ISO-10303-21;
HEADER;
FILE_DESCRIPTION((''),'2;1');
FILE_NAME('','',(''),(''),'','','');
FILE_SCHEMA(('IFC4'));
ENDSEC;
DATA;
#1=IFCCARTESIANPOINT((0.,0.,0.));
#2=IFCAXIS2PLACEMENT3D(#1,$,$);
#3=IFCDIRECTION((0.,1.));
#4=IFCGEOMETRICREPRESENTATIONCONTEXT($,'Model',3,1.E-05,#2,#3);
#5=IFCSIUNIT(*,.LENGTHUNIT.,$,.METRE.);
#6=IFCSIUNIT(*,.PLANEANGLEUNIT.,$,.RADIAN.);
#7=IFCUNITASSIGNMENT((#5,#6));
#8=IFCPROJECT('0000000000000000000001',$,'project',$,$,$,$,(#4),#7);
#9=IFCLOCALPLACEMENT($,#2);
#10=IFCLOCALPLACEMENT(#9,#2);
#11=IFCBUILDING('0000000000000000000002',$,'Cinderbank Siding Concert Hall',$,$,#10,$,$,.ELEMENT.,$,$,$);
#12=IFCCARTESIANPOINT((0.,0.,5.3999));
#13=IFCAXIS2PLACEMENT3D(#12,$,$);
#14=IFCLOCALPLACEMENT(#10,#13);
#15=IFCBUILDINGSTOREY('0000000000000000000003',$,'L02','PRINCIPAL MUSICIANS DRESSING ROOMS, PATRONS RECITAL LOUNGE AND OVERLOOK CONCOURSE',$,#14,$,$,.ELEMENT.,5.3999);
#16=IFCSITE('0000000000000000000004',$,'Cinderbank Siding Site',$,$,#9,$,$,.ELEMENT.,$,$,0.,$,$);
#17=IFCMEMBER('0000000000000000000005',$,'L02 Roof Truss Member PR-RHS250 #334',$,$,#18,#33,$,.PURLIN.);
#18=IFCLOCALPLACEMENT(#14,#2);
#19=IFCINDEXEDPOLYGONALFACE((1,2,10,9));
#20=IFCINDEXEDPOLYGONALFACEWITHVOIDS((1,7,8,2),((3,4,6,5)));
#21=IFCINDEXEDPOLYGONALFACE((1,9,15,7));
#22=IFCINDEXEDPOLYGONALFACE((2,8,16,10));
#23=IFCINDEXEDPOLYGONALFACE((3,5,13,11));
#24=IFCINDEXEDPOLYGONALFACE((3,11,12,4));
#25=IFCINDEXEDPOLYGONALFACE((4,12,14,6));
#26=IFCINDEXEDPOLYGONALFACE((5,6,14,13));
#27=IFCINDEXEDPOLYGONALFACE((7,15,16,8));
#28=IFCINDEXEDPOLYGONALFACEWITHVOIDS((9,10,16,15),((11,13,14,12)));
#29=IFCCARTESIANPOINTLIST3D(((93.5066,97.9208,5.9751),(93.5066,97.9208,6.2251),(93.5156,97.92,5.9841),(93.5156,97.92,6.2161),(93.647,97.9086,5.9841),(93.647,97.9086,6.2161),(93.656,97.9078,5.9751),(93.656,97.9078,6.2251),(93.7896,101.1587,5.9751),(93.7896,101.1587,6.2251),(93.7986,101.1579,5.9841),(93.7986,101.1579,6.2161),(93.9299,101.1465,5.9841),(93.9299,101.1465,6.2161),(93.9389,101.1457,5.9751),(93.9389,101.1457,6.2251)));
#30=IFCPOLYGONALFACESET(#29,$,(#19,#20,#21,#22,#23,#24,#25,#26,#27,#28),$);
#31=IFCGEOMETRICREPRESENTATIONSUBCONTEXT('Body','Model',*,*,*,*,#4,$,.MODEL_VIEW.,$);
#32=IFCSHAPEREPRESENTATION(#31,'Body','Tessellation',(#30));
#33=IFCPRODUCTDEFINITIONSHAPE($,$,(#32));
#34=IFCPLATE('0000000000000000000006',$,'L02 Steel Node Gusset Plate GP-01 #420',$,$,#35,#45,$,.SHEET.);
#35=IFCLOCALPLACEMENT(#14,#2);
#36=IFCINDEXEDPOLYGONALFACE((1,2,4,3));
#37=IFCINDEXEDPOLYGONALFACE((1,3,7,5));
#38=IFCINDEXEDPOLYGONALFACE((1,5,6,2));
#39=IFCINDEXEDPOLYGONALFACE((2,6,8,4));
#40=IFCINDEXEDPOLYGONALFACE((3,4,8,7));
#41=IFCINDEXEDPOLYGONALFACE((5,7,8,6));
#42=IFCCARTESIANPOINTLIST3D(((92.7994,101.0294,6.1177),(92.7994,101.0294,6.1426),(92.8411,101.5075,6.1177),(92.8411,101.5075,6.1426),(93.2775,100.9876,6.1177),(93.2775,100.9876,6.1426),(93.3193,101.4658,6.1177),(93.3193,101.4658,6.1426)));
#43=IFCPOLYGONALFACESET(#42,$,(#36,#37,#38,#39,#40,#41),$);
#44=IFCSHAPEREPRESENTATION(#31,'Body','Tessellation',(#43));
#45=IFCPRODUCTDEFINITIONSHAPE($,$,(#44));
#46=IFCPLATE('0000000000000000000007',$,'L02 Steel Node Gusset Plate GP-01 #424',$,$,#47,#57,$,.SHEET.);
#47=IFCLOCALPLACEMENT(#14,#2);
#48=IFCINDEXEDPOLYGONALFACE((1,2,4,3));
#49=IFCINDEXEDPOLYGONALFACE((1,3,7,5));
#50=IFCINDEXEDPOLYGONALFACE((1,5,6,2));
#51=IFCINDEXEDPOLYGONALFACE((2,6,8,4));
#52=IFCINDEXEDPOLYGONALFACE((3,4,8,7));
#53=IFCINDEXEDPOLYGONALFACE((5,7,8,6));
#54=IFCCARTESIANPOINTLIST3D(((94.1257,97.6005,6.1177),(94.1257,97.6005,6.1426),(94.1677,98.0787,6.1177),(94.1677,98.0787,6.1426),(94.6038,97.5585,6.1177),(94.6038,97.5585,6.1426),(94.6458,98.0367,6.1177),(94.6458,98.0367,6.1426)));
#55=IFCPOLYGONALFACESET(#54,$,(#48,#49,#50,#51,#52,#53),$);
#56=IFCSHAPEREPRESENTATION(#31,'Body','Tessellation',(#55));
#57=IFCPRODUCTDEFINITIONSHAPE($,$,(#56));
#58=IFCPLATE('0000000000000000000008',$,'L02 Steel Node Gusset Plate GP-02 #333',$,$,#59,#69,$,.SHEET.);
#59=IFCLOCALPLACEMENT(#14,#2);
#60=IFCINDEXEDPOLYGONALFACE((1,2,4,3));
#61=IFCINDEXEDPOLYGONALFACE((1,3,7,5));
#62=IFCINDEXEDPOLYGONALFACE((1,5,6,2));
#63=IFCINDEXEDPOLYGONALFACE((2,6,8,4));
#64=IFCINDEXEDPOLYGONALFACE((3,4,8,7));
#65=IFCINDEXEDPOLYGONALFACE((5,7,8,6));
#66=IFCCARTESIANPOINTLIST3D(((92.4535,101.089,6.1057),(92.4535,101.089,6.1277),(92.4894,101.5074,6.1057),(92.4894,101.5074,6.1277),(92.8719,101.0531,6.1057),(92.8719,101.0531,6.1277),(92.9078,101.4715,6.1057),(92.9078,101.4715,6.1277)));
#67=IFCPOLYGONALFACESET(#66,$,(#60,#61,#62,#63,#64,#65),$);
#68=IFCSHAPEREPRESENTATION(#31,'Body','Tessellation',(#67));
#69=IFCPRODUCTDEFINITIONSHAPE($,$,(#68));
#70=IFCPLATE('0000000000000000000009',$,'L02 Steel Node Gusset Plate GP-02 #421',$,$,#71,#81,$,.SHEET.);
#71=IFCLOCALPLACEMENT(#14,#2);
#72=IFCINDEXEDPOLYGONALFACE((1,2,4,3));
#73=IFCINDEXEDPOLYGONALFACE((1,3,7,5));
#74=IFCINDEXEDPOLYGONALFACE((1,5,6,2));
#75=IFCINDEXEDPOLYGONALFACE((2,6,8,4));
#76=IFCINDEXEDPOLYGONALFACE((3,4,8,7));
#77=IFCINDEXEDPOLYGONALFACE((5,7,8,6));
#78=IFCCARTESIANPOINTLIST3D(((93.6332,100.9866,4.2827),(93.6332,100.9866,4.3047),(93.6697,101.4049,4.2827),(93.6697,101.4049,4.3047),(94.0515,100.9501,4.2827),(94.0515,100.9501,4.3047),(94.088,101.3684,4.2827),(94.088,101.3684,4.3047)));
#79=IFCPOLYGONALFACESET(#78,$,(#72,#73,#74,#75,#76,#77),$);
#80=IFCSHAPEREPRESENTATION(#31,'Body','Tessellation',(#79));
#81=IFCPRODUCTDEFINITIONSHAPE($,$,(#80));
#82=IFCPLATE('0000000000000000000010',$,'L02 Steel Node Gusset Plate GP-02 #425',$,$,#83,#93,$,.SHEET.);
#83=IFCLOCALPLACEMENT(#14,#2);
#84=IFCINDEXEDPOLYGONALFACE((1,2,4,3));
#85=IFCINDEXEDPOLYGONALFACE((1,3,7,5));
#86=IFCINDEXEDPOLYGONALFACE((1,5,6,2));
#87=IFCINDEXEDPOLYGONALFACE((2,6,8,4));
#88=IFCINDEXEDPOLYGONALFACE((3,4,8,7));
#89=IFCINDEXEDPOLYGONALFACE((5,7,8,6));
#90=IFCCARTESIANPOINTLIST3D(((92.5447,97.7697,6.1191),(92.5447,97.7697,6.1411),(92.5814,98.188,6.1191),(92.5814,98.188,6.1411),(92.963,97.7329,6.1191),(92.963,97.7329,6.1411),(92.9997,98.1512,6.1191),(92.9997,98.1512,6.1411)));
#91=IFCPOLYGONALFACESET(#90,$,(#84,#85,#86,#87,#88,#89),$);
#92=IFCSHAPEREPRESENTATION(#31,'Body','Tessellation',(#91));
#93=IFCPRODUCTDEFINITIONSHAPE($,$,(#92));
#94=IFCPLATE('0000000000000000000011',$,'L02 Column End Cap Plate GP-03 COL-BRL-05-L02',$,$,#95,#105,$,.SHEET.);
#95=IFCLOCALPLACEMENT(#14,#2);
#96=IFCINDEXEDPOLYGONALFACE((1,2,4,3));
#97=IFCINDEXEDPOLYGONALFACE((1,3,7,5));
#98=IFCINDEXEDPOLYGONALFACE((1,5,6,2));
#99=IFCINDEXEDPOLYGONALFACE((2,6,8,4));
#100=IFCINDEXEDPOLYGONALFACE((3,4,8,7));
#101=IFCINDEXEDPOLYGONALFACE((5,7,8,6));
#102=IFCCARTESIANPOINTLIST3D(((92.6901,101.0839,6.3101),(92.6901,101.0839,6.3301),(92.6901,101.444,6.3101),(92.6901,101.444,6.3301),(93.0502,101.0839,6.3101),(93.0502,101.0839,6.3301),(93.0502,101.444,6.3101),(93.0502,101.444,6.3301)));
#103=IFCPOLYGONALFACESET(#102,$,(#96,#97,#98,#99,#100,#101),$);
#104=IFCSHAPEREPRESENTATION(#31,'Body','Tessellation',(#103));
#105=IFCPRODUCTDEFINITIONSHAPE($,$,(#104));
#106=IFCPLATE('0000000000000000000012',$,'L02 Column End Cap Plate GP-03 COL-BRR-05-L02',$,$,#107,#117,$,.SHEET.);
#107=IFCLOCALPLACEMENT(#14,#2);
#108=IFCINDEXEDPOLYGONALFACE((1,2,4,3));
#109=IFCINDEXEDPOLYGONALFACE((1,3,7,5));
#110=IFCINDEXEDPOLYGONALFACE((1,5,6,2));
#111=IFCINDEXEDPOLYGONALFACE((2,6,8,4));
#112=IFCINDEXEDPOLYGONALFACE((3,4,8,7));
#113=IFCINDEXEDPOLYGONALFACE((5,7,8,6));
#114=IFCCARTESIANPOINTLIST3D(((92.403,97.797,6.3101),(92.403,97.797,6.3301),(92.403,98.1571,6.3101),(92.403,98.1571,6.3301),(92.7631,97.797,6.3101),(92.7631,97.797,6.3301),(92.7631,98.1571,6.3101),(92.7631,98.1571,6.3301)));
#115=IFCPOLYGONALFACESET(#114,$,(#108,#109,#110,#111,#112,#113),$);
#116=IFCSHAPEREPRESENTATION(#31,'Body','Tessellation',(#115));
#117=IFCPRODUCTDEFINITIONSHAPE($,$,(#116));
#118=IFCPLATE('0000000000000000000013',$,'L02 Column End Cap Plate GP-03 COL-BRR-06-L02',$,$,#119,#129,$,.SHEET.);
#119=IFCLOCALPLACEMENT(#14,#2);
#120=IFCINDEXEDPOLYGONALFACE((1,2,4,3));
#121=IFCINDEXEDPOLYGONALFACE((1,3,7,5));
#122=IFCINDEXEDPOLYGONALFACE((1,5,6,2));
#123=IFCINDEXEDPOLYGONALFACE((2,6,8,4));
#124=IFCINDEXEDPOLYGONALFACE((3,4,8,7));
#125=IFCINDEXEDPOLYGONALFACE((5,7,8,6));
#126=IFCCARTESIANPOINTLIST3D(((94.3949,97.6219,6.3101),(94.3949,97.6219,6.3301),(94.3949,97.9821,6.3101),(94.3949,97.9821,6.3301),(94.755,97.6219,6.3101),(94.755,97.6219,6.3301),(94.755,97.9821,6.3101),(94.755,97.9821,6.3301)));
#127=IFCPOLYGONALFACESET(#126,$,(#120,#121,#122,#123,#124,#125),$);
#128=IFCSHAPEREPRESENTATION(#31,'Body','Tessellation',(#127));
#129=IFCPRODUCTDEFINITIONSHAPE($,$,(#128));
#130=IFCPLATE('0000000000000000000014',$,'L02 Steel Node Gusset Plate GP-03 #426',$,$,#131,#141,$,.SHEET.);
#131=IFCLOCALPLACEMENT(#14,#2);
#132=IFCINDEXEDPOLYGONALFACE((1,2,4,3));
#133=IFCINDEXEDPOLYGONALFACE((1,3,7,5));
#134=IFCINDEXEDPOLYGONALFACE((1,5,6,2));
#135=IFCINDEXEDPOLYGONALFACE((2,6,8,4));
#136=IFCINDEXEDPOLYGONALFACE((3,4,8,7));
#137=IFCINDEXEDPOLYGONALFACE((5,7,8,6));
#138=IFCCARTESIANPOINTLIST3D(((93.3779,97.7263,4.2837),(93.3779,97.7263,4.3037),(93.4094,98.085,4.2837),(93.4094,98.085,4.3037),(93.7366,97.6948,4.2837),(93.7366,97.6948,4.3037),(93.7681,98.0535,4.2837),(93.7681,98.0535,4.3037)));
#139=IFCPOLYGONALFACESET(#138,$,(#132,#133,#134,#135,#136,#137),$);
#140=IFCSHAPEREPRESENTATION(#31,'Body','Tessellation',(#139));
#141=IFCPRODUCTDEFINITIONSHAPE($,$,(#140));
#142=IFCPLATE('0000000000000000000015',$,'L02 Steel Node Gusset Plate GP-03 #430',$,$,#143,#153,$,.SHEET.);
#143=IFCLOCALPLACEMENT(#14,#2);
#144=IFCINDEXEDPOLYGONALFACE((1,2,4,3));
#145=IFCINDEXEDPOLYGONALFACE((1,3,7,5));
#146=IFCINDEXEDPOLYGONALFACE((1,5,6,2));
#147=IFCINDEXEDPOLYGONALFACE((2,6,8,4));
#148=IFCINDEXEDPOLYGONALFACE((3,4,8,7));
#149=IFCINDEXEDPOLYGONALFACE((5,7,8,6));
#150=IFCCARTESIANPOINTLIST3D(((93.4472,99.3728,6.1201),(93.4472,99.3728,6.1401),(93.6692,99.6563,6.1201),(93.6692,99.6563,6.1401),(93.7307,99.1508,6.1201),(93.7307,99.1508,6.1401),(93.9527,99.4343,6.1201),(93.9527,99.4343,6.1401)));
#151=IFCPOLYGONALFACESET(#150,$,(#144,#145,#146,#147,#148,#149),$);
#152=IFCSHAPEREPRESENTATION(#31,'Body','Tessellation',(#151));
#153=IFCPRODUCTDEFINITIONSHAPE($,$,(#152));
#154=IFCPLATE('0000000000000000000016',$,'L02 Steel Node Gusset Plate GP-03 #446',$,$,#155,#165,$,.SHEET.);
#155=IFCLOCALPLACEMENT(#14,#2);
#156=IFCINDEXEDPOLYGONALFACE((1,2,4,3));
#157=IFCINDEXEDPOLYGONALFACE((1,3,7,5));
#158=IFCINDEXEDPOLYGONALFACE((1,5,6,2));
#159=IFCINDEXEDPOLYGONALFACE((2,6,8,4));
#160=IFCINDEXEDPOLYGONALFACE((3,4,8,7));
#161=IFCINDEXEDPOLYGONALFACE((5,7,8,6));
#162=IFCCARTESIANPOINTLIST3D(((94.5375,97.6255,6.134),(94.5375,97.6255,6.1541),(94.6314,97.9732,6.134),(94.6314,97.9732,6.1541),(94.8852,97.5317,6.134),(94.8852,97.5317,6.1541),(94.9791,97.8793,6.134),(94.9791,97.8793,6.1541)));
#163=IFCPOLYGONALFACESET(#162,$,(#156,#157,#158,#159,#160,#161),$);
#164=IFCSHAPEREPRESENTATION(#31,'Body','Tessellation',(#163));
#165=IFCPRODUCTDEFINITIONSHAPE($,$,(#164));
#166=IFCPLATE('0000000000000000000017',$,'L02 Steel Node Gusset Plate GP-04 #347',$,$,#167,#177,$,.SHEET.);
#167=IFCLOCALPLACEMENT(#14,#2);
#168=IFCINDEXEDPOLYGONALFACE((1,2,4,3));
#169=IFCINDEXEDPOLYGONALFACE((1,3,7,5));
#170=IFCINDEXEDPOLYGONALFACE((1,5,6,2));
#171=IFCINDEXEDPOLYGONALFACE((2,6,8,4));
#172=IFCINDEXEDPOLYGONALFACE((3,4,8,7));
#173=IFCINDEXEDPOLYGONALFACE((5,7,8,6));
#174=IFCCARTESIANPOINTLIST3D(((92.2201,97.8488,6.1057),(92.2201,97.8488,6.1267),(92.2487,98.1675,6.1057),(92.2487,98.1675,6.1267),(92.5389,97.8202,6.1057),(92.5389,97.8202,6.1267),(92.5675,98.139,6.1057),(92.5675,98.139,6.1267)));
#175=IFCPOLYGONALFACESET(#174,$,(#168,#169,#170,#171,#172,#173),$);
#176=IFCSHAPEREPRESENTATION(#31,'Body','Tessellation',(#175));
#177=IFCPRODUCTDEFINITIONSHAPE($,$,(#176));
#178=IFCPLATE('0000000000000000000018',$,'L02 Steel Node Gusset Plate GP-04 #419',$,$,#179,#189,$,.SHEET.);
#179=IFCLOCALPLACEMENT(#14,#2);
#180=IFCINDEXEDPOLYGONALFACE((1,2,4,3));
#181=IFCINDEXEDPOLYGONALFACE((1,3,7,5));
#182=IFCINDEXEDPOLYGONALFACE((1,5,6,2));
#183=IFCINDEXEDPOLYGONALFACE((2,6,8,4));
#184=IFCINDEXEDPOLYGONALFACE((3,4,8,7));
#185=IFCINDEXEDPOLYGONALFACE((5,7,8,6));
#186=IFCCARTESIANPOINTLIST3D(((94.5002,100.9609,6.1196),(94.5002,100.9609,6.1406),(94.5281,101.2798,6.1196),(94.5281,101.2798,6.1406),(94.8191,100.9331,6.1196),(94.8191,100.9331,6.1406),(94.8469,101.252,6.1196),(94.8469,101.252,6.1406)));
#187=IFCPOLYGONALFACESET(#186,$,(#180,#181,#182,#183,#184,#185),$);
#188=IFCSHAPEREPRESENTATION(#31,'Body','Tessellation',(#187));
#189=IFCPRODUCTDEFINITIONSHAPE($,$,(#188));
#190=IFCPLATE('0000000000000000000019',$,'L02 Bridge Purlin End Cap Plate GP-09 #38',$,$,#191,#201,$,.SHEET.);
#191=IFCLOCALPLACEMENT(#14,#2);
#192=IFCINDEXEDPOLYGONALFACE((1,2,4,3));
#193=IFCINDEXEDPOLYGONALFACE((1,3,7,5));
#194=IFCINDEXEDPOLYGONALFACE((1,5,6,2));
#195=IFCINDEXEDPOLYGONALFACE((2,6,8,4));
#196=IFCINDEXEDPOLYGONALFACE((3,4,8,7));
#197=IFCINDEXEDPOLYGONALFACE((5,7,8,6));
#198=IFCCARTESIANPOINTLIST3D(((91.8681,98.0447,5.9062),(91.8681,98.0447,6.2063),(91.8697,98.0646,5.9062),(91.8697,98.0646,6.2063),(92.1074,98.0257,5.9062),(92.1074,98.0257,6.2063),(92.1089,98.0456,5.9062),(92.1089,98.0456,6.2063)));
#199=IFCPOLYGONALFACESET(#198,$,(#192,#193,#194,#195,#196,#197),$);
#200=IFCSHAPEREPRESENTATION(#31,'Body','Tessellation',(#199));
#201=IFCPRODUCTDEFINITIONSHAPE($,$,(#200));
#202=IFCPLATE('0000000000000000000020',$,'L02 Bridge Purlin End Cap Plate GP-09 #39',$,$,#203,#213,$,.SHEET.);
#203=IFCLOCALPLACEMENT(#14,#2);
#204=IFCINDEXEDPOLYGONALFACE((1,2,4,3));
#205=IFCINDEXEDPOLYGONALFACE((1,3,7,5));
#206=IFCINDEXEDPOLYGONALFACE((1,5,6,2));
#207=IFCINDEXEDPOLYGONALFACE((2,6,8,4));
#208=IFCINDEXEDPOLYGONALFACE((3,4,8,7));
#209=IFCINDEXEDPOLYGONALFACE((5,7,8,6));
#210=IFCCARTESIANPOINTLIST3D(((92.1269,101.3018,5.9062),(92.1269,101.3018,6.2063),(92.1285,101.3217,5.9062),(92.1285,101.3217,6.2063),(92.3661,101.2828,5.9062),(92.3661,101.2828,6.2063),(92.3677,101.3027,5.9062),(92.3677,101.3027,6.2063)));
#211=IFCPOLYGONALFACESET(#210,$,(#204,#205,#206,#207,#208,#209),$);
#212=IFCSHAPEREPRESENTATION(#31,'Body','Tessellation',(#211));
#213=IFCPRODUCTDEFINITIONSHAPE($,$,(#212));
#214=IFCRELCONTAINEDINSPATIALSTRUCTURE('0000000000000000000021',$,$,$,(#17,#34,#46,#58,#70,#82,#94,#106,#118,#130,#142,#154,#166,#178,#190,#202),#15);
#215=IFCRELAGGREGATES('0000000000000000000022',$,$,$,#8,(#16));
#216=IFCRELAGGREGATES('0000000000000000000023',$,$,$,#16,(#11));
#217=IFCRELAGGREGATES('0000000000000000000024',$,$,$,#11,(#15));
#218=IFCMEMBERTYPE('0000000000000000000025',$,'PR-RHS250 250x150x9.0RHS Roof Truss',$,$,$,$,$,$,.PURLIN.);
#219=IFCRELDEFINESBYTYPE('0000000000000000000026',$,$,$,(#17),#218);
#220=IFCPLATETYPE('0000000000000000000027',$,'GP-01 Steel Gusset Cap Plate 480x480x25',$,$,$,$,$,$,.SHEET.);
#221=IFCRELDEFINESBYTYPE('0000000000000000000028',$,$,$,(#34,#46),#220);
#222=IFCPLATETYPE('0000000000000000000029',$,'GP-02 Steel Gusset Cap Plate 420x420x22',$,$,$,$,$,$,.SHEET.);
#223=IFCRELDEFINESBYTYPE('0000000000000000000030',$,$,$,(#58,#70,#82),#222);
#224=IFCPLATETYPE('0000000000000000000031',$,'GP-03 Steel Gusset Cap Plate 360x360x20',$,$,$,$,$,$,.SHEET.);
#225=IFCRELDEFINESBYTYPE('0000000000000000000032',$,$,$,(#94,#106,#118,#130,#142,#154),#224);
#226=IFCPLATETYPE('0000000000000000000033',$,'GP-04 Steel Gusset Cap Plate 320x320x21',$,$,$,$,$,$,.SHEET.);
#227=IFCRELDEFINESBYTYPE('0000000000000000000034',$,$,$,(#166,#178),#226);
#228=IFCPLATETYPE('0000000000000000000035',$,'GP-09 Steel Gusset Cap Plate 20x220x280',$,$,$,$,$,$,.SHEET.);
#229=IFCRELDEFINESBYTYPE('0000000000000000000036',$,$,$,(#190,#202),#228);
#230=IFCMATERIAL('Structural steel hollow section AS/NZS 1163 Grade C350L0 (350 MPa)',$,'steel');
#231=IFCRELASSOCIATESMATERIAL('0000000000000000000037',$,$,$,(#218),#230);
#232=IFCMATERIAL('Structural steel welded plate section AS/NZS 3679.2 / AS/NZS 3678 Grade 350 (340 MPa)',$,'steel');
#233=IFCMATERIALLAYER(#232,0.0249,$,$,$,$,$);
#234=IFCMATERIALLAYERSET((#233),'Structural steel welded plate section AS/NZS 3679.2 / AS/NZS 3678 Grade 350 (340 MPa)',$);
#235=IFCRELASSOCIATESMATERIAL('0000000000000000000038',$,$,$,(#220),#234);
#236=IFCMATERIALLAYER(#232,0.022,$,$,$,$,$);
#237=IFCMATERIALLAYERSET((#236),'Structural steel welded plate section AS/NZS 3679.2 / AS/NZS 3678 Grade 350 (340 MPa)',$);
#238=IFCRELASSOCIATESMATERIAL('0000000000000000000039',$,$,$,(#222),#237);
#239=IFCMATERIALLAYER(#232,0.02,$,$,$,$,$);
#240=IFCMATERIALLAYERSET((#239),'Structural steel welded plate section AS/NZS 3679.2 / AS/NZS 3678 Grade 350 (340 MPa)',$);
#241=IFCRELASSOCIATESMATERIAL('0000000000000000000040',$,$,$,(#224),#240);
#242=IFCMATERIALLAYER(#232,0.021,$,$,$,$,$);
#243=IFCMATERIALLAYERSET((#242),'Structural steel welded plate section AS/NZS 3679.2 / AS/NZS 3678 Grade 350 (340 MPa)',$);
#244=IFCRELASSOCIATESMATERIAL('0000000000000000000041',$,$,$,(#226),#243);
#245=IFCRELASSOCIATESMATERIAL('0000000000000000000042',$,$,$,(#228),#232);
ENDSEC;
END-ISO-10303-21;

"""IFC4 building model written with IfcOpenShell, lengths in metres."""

from ifc_helpers import new_model, si_unit, direction, frame, origin, origin_2d, place, context, subcontext, project, spatial, rectangle, hollow_rectangle, extrude, material, layer, layer_set, material_profile, profile_set, type_object, element, save


model = new_model("IFC4")

# Units and contexts
model_context = context("Model", 3, precision=1e-05, world=origin(), true_north=direction((0.0, 1.0)))
body_context = subcontext(model_context, "Body", "Model", "MODEL_VIEW")
ifc_project = project(units=[si_unit("LENGTHUNIT", "METRE"), si_unit("PLANEANGLEUNIT", "RADIAN")], contexts=[model_context])

# Site, building, storey
site_placement = place(None, origin())
site = spatial("IfcSite", under=ifc_project, at=site_placement, Name="Cinderbank Siding Site", CompositionType="ELEMENT", RefElevation=0.0)
building_placement = place(site_placement, origin())
building = spatial("IfcBuilding", under=site, at=building_placement, Name="Cinderbank Siding Concert Hall", CompositionType="ELEMENT")
storey_placement = place(building_placement, frame((0.0, 0.0, 5.3999)))
storey = spatial("IfcBuildingStorey", under=building, at=storey_placement, Name="L02", Description="PRINCIPAL MUSICIANS DRESSING ROOMS, PATRONS RECITAL LOUNGE AND OVERLOOK CONCOURSE", CompositionType="ELEMENT", Elevation=5.3999)

# Shared definitions
ifc_material_1 = material(Name="Structural steel hollow section AS/NZS 1163 Grade C350L0 (350 MPa)", Category="steel")

# Member
ifc_material_profile_1 = material_profile(ifc_material_1, hollow_rectangle(XDim=0.1499, YDim=0.25, WallThickness=0.009, at=origin_2d()), Name="250x150x9.0RHS", Category="LoadBearing")
ifc_profile_set_1 = profile_set([ifc_material_profile_1], Name="Structural steel hollow section AS/NZS 1163 Grade C350L0 (350 MPa)")
member_type_1 = type_object("IfcMemberType", Name="PR-RHS250 250x150x9.0RHS Roof Truss", PredefinedType="PURLIN", material=ifc_profile_set_1)
member_1_placement = place(storey_placement, frame((93.5813, 97.9143, 6.1001), z_axis=(0.087061, 0.996203, 0.0), x_axis=(-0.996203, 0.087061, 0.0)))
element("IfcMember", 1, at=member_1_placement, inside=storey, type_object=member_type_1, Name="L02 Roof Truss Member PR-RHS250 #334", PredefinedType="PURLIN", context=body_context, shape_type="SweptSolid", body=[
    extrude(hollow_rectangle(XDim=0.1499, YDim=0.25, WallThickness=0.009, at=origin_2d()), origin(), (0.0, 0.0, 1.0), 3.2502),
])

# Plates
ifc_material_2 = material(Name="Structural steel welded plate section AS/NZS 3679.2 / AS/NZS 3678 Grade 350 (340 MPa)", Category="steel")
ifc_layer_1 = layer(ifc_material_2, 0.0249)
ifc_layer_set_1 = layer_set([ifc_layer_1], Name="Structural steel welded plate section AS/NZS 3679.2 / AS/NZS 3678 Grade 350 (340 MPa)")
plate_type_1 = type_object("IfcPlateType", Name="GP-01 Steel Gusset Cap Plate 480x480x25", PredefinedType="SHEET", material=ifc_layer_set_1)
for number, where, z_axis, x_axis, name in (
    (2, (93.0593, 101.2476, 6.1177), (0.0, 0.0, 1.0), (0.99621, -0.086982, 0.0), "L02 Steel Node Gusset Plate GP-01 #420"),
    (3, (94.3857, 97.8186, 6.1177), (0.0, 0.0, 1.0), (0.996164, -0.087503, 0.0), "L02 Steel Node Gusset Plate GP-01 #424"),
):
    element("IfcPlate", number, at=place(storey_placement, frame(where, z_axis=z_axis, x_axis=x_axis)), inside=storey, type_object=plate_type_1, Name=name, PredefinedType="SHEET", context=body_context, shape_type="SweptSolid", body=[
        extrude(rectangle(XDim=0.48, YDim=0.48, at=origin_2d()), origin(), (0.0, 0.0, 1.0), 0.0249),
    ])
ifc_layer_2 = layer(ifc_material_2, 0.022)
ifc_layer_set_2 = layer_set([ifc_layer_2], Name="Structural steel welded plate section AS/NZS 3679.2 / AS/NZS 3678 Grade 350 (340 MPa)")
plate_type_2 = type_object("IfcPlateType", Name="GP-02 Steel Gusset Cap Plate 420x420x22", PredefinedType="SHEET", material=ifc_layer_set_2)
for number, where, z_axis, x_axis, name in (
    (4, (92.6807, 101.2803, 6.1057), (0.0, 0.0, 1.0), (0.996345, -0.085417, 0.0), "L02 Steel Node Gusset Plate GP-02 #333"),
    (5, (93.8606, 101.1775, 4.2827), (0.0, 0.0, 1.0), (0.99621, -0.086982, 0.0), "L02 Steel Node Gusset Plate GP-02 #421"),
    (6, (92.7722, 97.9604, 6.1191), (0.0, 0.0, 1.0), (0.996164, -0.087503, 0.0), "L02 Steel Node Gusset Plate GP-02 #425"),
):
    element("IfcPlate", number, at=place(storey_placement, frame(where, z_axis=z_axis, x_axis=x_axis)), inside=storey, type_object=plate_type_2, Name=name, PredefinedType="SHEET", context=body_context, shape_type="SweptSolid", body=[
        extrude(rectangle(XDim=0.4199, YDim=0.4199, at=origin_2d()), origin(), (0.0, 0.0, 1.0), 0.022),
    ])
ifc_layer_3 = layer(ifc_material_2, 0.02)
ifc_layer_set_3 = layer_set([ifc_layer_3], Name="Structural steel welded plate section AS/NZS 3679.2 / AS/NZS 3678 Grade 350 (340 MPa)")
plate_type_3 = type_object("IfcPlateType", Name="GP-03 Steel Gusset Cap Plate 360x360x20", PredefinedType="SHEET", material=ifc_layer_set_3)
for number, where, z_axis, x_axis, name in (
    (7, (92.8701, 101.2639, 6.3101), (0.0, 0.0, 1.0), (1.0, 0.0, 0.0), "L02 Column End Cap Plate GP-03 COL-BRL-05-L02"),
    (8, (92.583, 97.9771, 6.3101), (0.0, 0.0, 1.0), (1.0, 0.0, 0.0), "L02 Column End Cap Plate GP-03 COL-BRR-05-L02"),
    (9, (94.575, 97.802, 6.3101), (0.0, 0.0, 1.0), (1.0, 0.0, 0.0), "L02 Column End Cap Plate GP-03 COL-BRR-06-L02"),
    (10, (93.573, 97.8899, 4.2837), (0.0, 0.0, 1.0), (0.996164, -0.087503, 0.0), "L02 Steel Node Gusset Plate GP-03 #426"),
    (11, (93.7, 99.4036, 6.1201), (0.0, 0.0, 1.0), (0.616486, 0.787366, 0.0), "L02 Steel Node Gusset Plate GP-03 #430"),
    (12, (94.7583, 97.7524, 6.134), (0.0, 0.0, 1.0), (0.965427, -0.260673, 0.0), "L02 Steel Node Gusset Plate GP-03 #446"),
):
    element("IfcPlate", number, at=place(storey_placement, frame(where, z_axis=z_axis, x_axis=x_axis)), inside=storey, type_object=plate_type_3, Name=name, PredefinedType="SHEET", context=body_context, shape_type="SweptSolid", body=[
        extrude(rectangle(XDim=0.3601, YDim=0.3601, at=origin_2d()), origin(), (0.0, 0.0, 1.0), 0.02),
    ])
ifc_layer_4 = layer(ifc_material_2, 0.021)
ifc_layer_set_4 = layer_set([ifc_layer_4], Name="Structural steel welded plate section AS/NZS 3679.2 / AS/NZS 3678 Grade 350 (340 MPa)")
plate_type_4 = type_object("IfcPlateType", Name="GP-04 Steel Gusset Cap Plate 320x320x21", PredefinedType="SHEET", material=ifc_layer_set_4)
for number, where, z_axis, x_axis, name in (
    (13, (92.3938, 97.9939, 6.1057), (0.0, 0.0, 1.0), (0.996026, -0.089068, 0.0), "L02 Steel Node Gusset Plate GP-04 #347"),
    (14, (94.6736, 101.1064, 6.1196), (0.0, 0.0, 1.0), (0.99621, -0.086982, 0.0), "L02 Steel Node Gusset Plate GP-04 #419"),
):
    element("IfcPlate", number, at=place(storey_placement, frame(where, z_axis=z_axis, x_axis=x_axis)), inside=storey, type_object=plate_type_4, Name=name, PredefinedType="SHEET", context=body_context, shape_type="SweptSolid", body=[
        extrude(rectangle(XDim=0.3201, YDim=0.3201, at=origin_2d()), origin(), (0.0, 0.0, 1.0), 0.021),
    ])
plate_type_5 = type_object("IfcPlateType", Name="GP-09 Steel Gusset Cap Plate 20x220x280", PredefinedType="SHEET", material=ifc_material_2)
for number, where, z_axis, x_axis, name in (
    (15, (91.9885, 98.0452, 5.9062), (0.0, 0.0, 1.0), (0.079155, 0.996862, 0.0), "L02 Bridge Purlin End Cap Plate GP-09 #38"),
    (16, (92.2473, 101.3022, 5.9062), (0.0, 0.0, 1.0), (0.079155, 0.996862, 0.0), "L02 Bridge Purlin End Cap Plate GP-09 #39"),
):
    element("IfcPlate", number, at=place(storey_placement, frame(where, z_axis=z_axis, x_axis=x_axis)), inside=storey, type_object=plate_type_5, Name=name, PredefinedType="SHEET", context=body_context, shape_type="SweptSolid", body=[
        extrude(rectangle(XDim=0.02, YDim=0.24, at=origin_2d()), origin(), (0.0, 0.0, 1.0), 0.3),
    ])

save(model, "model.ifc")
